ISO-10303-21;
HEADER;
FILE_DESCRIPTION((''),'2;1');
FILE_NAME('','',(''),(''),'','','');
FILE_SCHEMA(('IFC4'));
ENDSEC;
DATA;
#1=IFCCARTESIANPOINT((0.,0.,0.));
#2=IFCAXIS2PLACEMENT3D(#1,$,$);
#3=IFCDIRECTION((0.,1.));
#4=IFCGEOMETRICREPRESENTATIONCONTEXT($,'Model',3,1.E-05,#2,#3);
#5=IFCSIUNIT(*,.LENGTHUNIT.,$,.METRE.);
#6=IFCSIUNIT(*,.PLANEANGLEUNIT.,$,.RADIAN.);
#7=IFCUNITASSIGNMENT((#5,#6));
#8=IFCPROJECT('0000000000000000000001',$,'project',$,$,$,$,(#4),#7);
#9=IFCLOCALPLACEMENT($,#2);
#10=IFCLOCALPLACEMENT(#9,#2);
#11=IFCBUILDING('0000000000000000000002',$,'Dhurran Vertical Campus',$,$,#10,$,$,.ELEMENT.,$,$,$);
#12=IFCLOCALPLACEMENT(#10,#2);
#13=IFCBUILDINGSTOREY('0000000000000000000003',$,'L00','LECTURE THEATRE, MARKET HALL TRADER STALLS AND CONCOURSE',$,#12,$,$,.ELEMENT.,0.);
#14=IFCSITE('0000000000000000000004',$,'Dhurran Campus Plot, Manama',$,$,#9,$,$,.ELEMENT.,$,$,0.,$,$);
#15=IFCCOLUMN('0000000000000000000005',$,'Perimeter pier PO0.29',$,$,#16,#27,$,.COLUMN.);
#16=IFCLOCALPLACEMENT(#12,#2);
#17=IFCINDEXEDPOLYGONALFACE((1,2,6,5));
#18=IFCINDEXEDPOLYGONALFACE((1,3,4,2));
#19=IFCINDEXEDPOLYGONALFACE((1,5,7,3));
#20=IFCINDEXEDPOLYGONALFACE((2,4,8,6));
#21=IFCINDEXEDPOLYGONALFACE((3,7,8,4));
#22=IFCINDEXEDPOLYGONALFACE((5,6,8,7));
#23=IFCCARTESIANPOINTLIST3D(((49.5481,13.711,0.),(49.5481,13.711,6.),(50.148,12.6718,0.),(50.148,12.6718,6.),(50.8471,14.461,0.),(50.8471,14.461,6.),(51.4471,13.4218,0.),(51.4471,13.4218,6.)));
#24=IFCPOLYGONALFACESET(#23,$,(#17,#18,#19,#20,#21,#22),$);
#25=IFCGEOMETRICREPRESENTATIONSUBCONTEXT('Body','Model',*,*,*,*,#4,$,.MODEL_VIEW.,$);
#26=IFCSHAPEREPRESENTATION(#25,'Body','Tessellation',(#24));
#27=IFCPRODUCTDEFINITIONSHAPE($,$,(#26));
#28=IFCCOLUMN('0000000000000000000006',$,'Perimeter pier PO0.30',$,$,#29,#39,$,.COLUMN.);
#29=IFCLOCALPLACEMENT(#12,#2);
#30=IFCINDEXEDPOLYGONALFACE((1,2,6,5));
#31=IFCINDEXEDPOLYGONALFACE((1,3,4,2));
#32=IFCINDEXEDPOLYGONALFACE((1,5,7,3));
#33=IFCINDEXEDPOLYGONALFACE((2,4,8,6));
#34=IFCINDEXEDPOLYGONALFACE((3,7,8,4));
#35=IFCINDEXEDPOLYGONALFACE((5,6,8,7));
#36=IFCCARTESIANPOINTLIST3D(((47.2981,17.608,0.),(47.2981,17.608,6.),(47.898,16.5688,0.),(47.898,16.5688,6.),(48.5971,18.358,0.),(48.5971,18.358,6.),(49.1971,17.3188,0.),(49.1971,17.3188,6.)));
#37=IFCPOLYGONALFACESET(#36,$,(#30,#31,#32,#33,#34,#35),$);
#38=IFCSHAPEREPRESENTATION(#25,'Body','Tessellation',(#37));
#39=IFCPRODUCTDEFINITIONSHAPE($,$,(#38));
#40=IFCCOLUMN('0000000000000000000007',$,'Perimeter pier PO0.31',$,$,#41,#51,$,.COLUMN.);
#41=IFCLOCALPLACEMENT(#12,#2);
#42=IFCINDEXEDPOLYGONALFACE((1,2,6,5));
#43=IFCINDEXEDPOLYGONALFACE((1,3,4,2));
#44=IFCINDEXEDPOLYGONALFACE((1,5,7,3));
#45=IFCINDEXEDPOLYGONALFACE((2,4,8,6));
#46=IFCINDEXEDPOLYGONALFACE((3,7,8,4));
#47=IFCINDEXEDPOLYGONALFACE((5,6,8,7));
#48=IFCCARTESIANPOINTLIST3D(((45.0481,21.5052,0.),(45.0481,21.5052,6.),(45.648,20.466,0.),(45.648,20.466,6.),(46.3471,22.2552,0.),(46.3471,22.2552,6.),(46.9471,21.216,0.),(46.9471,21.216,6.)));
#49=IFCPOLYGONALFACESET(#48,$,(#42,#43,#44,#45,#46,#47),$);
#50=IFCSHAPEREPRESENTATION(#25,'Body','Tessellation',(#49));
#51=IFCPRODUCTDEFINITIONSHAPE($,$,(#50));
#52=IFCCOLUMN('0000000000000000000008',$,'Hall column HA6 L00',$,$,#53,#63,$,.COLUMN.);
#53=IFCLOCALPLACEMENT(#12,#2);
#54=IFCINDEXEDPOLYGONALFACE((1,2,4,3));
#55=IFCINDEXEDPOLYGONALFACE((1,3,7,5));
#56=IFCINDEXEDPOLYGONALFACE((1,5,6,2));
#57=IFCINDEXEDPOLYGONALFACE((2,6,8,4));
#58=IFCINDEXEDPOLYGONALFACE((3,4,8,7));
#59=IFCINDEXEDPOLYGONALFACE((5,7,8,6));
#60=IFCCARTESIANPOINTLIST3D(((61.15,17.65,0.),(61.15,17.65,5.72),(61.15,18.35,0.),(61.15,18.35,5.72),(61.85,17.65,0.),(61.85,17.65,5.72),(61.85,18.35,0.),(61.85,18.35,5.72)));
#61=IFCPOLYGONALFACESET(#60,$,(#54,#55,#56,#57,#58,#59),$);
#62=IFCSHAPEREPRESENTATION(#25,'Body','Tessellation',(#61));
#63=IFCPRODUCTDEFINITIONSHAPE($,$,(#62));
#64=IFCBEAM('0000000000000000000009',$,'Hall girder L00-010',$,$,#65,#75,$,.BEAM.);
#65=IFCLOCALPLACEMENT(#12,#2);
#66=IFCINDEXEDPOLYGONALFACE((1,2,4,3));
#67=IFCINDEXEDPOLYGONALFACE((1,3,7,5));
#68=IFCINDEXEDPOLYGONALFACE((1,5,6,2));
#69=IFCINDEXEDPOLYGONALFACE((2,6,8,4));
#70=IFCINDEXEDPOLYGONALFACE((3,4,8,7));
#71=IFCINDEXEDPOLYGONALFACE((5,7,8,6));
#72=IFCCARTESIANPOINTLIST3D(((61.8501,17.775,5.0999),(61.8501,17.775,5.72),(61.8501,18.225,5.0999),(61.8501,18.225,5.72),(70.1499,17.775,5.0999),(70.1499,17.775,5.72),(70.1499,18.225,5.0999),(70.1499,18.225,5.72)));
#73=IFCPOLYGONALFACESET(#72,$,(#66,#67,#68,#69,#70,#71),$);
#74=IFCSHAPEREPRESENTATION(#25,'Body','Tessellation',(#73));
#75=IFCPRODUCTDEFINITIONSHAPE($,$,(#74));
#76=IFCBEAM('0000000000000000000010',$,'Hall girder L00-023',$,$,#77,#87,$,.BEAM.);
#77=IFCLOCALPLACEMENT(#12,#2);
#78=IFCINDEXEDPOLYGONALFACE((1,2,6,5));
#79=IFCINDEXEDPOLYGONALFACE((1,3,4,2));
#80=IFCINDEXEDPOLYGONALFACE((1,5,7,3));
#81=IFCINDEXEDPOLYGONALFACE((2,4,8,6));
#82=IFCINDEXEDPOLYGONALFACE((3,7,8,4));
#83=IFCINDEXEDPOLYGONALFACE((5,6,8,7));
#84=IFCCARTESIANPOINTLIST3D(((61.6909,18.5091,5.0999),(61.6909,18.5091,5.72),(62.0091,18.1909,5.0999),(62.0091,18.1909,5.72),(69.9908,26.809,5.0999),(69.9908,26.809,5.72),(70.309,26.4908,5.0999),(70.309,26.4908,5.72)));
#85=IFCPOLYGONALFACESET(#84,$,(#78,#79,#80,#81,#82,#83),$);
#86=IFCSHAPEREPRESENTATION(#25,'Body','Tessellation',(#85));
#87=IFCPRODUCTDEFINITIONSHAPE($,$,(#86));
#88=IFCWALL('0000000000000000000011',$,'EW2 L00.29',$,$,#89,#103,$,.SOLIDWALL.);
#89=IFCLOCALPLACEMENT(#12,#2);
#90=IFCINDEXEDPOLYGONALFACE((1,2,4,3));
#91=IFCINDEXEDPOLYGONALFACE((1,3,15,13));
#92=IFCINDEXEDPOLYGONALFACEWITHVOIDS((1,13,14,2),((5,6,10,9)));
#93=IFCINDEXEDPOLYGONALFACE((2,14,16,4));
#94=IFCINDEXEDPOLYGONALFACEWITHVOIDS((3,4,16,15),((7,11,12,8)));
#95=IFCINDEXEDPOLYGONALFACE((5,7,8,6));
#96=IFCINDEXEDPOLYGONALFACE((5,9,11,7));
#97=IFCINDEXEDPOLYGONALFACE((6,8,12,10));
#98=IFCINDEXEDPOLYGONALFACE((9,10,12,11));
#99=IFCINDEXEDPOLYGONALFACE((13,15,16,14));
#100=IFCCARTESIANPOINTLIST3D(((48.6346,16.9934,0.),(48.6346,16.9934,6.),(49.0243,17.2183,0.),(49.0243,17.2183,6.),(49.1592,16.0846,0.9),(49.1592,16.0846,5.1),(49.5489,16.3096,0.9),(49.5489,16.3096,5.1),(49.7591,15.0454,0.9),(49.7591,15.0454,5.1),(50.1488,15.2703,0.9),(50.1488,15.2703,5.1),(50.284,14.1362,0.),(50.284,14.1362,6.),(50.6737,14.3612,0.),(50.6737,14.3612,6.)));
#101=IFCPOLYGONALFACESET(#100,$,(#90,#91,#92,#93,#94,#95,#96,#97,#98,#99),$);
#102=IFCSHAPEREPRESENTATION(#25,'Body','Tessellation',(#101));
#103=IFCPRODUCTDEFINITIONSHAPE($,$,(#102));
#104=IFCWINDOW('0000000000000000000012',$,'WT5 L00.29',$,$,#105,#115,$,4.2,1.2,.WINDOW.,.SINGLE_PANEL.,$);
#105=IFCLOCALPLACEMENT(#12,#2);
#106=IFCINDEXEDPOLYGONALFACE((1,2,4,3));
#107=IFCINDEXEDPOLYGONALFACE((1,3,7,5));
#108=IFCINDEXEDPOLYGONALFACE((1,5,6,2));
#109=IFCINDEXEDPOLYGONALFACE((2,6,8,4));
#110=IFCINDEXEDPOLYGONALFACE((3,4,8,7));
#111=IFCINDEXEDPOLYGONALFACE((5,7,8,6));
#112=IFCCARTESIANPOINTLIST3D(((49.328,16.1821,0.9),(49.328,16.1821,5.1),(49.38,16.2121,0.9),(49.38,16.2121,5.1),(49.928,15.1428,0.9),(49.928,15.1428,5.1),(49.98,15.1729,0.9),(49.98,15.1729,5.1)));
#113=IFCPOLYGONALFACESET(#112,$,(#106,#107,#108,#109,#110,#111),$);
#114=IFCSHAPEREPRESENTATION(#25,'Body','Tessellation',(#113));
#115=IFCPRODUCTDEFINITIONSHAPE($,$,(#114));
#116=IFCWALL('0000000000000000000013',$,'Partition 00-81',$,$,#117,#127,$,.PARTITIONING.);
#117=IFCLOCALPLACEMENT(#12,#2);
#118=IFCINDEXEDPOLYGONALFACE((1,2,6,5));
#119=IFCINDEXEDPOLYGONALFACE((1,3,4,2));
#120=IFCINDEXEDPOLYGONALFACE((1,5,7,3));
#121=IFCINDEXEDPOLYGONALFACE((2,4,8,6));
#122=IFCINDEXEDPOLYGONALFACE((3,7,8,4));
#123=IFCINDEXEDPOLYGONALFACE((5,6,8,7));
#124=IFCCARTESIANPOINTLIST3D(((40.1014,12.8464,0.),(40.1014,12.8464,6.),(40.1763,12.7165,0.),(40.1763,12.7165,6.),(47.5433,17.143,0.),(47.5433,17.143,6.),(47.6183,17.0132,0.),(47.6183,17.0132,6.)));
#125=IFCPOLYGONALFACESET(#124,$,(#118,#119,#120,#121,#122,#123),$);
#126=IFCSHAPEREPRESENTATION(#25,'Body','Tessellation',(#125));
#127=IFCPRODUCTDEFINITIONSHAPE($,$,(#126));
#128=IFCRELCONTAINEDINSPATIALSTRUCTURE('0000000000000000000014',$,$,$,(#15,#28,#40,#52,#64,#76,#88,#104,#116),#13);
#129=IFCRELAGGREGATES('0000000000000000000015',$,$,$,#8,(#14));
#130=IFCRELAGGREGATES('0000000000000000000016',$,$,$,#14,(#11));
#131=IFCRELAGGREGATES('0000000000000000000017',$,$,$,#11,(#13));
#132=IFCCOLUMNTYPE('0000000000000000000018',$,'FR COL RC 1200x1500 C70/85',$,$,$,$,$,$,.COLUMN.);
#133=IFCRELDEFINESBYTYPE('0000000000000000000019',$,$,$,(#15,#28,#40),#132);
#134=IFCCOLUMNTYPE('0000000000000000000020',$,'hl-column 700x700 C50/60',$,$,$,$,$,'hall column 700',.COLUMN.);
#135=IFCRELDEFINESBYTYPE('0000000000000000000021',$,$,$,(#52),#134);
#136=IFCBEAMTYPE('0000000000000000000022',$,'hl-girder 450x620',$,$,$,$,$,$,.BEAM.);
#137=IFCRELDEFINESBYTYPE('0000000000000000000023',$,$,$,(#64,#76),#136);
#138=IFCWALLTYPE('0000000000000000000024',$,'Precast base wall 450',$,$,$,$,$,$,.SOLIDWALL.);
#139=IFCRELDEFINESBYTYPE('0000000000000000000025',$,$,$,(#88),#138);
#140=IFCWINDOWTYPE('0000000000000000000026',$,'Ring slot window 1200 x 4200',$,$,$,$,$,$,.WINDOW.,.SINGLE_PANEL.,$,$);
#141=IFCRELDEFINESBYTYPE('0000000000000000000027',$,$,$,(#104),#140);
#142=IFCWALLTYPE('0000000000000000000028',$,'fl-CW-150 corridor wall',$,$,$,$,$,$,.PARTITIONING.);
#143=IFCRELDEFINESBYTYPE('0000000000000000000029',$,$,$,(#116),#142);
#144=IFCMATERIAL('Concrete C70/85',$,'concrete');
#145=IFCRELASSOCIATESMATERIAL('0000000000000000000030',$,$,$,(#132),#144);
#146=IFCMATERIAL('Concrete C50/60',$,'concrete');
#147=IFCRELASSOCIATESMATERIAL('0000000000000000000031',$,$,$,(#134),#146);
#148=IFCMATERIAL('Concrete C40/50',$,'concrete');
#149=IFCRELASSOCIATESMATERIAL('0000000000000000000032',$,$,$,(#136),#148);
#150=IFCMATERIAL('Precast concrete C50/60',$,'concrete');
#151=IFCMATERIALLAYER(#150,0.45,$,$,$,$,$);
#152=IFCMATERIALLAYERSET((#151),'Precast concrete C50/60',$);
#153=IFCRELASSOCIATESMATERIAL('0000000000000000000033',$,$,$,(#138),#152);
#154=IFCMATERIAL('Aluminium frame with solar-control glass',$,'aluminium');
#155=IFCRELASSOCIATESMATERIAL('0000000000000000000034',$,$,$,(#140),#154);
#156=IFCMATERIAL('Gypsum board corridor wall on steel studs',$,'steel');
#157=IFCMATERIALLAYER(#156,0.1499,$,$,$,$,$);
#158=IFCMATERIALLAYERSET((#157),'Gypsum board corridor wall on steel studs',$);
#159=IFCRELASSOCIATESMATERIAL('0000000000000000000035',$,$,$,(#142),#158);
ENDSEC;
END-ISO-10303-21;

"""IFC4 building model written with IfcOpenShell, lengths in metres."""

from ifc_helpers import new_model, si_unit, direction, frame, frame_2d, origin, origin_2d, place, context, subcontext, project, spatial, rectangle, extrude, material, layer, layer_set, material_profile, profile_set, type_object, element, fill, save


model = new_model("IFC4")

# Units and contexts
model_context = context("Model", 3, precision=1e-05, world=origin(), true_north=direction((0.0, 1.0)))
body_context = subcontext(model_context, "Body", "Model", "MODEL_VIEW")
ifc_project = project(units=[si_unit("LENGTHUNIT", "METRE"), si_unit("PLANEANGLEUNIT", "RADIAN")], contexts=[model_context])

# Site, building, storey
site_placement = place(None, origin())
site = spatial("IfcSite", under=ifc_project, at=site_placement, Name="Dhurran Campus Plot, Manama", CompositionType="ELEMENT", RefElevation=0.0)
building_placement = place(site_placement, origin())
building = spatial("IfcBuilding", under=site, at=building_placement, Name="Dhurran Vertical Campus", CompositionType="ELEMENT")
storey_placement = place(building_placement, origin())
storey = spatial("IfcBuildingStorey", under=building, at=storey_placement, Name="L00", Description="LECTURE THEATRE, MARKET HALL TRADER STALLS AND CONCOURSE", CompositionType="ELEMENT", Elevation=0.0)

# Columns
ifc_material_1 = material(Name="Concrete C70/85", Category="concrete")
ifc_material_profile_1 = material_profile(ifc_material_1, rectangle(XDim=1.2, YDim=1.5, at=origin_2d()), Name="RC 1200x1500")
ifc_profile_set_1 = profile_set([ifc_material_profile_1], Name="Concrete C70/85")
column_type_1 = type_object("IfcColumnType", Name="FR COL RC 1200x1500 C70/85", PredefinedType="COLUMN", material=ifc_profile_set_1)
for number, where, z_axis, x_axis, name in (
    (1, (50.4976, 13.5664, 0.0), (0.0, 0.0, 1.0), (-0.5, 0.866025, 0.0), "Perimeter pier PO0.29"),
    (2, (48.2476, 17.4634, 0.0), (0.0, 0.0, 1.0), (-0.5, 0.866025, 0.0), "Perimeter pier PO0.30"),
    (3, (45.9976, 21.3606, 0.0), (0.0, 0.0, 1.0), (-0.5, 0.866025, 0.0), "Perimeter pier PO0.31"),
):
    element("IfcColumn", number, at=place(storey_placement, frame(where, z_axis=z_axis, x_axis=x_axis)), inside=storey, type_object=column_type_1, Name=name, PredefinedType="COLUMN", context=body_context, shape_type="SweptSolid", body=[
        extrude(rectangle(XDim=1.2, YDim=1.5, at=origin_2d()), origin(), (0.0, 0.0, 1.0), 6.0),
    ])
ifc_material_2 = material(Name="Concrete C50/60", Category="concrete")
ifc_material_profile_2 = material_profile(ifc_material_2, rectangle(XDim=0.7, YDim=0.7, at=origin_2d()), Name="hl-column 700x700 C50/60")
ifc_profile_set_2 = profile_set([ifc_material_profile_2], Name="Concrete C50/60")
column_type_2 = type_object("IfcColumnType", Name="hl-column 700x700 C50/60", ElementType="hall column 700", PredefinedType="COLUMN", material=ifc_profile_set_2)
column_placement = place(storey_placement, frame((61.5, 18.0, 0.0), z_axis=(0.0, 0.0, 1.0), x_axis=(1.0, 0.0, 0.0)))
element("IfcColumn", 4, at=column_placement, inside=storey, type_object=column_type_2, Name="Hall column HA6 L00", PredefinedType="COLUMN", context=body_context, shape_type="SweptSolid", body=[
    extrude(rectangle(XDim=0.7, YDim=0.7, at=origin_2d()), origin(), (0.0, 0.0, 1.0), 5.72),
])

# Beams
ifc_material_3 = material(Name="Concrete C40/50", Category="concrete")
ifc_material_profile_3 = material_profile(ifc_material_3, rectangle(XDim=0.45, YDim=0.6201, at=origin_2d()), Name="hl-girder 450x620")
ifc_profile_set_3 = profile_set([ifc_material_profile_3], Name="Concrete C40/50")
beam_type = type_object("IfcBeamType", Name="hl-girder 450x620", PredefinedType="BEAM", material=ifc_profile_set_3)
beam_1_placement = place(storey_placement, frame((61.8501, 18.0, 5.4099), z_axis=(1.0, 0.0, 0.0), x_axis=(0.0, 1.0, 0.0)))
element("IfcBeam", 5, at=beam_1_placement, inside=storey, type_object=beam_type, Name="Hall girder L00-010", PredefinedType="BEAM", context=body_context, shape_type="SweptSolid", body=[
    extrude(rectangle(XDim=0.45, YDim=0.6201, at=origin_2d()), origin(), (0.0, 0.0, 1.0), 8.2998),
])
beam_2_placement = place(storey_placement, frame((70.1499, 26.6499, 5.4099), z_axis=(-0.707107, -0.707107, 0.0), x_axis=(0.707107, -0.707107, 0.0)))
element("IfcBeam", 6, at=beam_2_placement, inside=storey, type_object=beam_type, Name="Hall girder L00-023", PredefinedType="BEAM", context=body_context, shape_type="SweptSolid", body=[
    extrude(rectangle(XDim=0.45, YDim=0.6201, at=origin_2d()), origin(), (0.0, 0.0, 1.0), 11.7378),
])

# Wall, opening, window
ifc_material_4 = material(Name="Precast concrete C50/60", Category="concrete")
ifc_layer_1 = layer(ifc_material_4, 0.45)
ifc_layer_set_1 = layer_set([ifc_layer_1], Name="Precast concrete C50/60")
wall_type_1 = type_object("IfcWallType", Name="Precast base wall 450", PredefinedType="SOLIDWALL", material=ifc_layer_set_1)
wall_1_placement = place(storey_placement, frame((50.4788, 14.2488, 0.0), z_axis=(0.0, 0.0, 1.0), x_axis=(-0.499959, 0.866049, 0.0)))
wall_1 = element("IfcWall", 7, at=wall_1_placement, inside=storey, type_object=wall_type_1, Name="EW2 L00.29", PredefinedType="SOLIDWALL", context=body_context, shape_type="SweptSolid", body=[
    extrude(rectangle(XDim=3.2991, YDim=0.45, at=frame_2d((1.6494, 0.0))), origin(), (0.0, 0.0, 1.0), 6.0),
])
opening_1_placement = place(wall_1_placement, frame((1.0496, 0.0, 0.8999)))
opening_1 = element("IfcOpeningElement", 8, at=opening_1_placement, cuts=wall_1, PredefinedType="OPENING", context=body_context, shape_type="SweptSolid", body=[
    extrude(rectangle(XDim=1.2, YDim=4.2, at=frame_2d((0.6001, 2.1001))), frame((0.0, 0.2349, 0.0), z_axis=(0.0, -1.0, 0.0), x_axis=(1.0, 0.0, 0.0)), (0.0, 0.0, 1.0), 0.47),
])
ifc_material_5 = material(Name="Aluminium frame with solar-control glass", Category="aluminium")
window_type_1 = type_object("IfcWindowType", Name="Ring slot window 1200 x 4200", PartitioningType="SINGLE_PANEL", PredefinedType="WINDOW", material=ifc_material_5)
window_1_placement = place(opening_1_placement, origin())
window_1 = element("IfcWindow", 9, at=window_1_placement, inside=storey, type_object=window_type_1, Name="WT5 L00.29", OverallHeight=4.2, OverallWidth=1.2, PartitioningType="SINGLE_PANEL", PredefinedType="WINDOW", context=body_context, shape_type="SweptSolid", body=[
    extrude(rectangle(XDim=1.2, YDim=4.2, at=frame_2d((0.6001, 2.1001))), frame((0.0, 0.03, 0.0), z_axis=(0.0, -1.0, 0.0), x_axis=(1.0, 0.0, 0.0)), (0.0, 0.0, 1.0), 0.0601),
])
fill(opening_1, window_1)

# Wall
ifc_material_6 = material(Name="Gypsum board corridor wall on steel studs", Category="steel")
ifc_layer_2 = layer(ifc_material_6, 0.1499)
ifc_layer_set_2 = layer_set([ifc_layer_2], Name="Gypsum board corridor wall on steel studs")
wall_type_2 = type_object("IfcWallType", Name="fl-CW-150 corridor wall", PredefinedType="PARTITIONING", material=ifc_layer_set_2)
wall_2_placement = place(storey_placement, frame((47.5808, 17.0781, 0.0), z_axis=(0.0, 0.0, 1.0), x_axis=(-0.866023, -0.500004, 0.0)))
element("IfcWall", 10, at=wall_2_placement, inside=storey, type_object=wall_type_2, Name="Partition 00-81", PredefinedType="PARTITIONING", context=body_context, shape_type="SweptSolid", body=[
    extrude(rectangle(XDim=8.5933, YDim=0.1499, at=frame_2d((4.2966, 0.0))), origin(), (0.0, 0.0, 1.0), 6.0),
])

save(model, "model.ifc")
